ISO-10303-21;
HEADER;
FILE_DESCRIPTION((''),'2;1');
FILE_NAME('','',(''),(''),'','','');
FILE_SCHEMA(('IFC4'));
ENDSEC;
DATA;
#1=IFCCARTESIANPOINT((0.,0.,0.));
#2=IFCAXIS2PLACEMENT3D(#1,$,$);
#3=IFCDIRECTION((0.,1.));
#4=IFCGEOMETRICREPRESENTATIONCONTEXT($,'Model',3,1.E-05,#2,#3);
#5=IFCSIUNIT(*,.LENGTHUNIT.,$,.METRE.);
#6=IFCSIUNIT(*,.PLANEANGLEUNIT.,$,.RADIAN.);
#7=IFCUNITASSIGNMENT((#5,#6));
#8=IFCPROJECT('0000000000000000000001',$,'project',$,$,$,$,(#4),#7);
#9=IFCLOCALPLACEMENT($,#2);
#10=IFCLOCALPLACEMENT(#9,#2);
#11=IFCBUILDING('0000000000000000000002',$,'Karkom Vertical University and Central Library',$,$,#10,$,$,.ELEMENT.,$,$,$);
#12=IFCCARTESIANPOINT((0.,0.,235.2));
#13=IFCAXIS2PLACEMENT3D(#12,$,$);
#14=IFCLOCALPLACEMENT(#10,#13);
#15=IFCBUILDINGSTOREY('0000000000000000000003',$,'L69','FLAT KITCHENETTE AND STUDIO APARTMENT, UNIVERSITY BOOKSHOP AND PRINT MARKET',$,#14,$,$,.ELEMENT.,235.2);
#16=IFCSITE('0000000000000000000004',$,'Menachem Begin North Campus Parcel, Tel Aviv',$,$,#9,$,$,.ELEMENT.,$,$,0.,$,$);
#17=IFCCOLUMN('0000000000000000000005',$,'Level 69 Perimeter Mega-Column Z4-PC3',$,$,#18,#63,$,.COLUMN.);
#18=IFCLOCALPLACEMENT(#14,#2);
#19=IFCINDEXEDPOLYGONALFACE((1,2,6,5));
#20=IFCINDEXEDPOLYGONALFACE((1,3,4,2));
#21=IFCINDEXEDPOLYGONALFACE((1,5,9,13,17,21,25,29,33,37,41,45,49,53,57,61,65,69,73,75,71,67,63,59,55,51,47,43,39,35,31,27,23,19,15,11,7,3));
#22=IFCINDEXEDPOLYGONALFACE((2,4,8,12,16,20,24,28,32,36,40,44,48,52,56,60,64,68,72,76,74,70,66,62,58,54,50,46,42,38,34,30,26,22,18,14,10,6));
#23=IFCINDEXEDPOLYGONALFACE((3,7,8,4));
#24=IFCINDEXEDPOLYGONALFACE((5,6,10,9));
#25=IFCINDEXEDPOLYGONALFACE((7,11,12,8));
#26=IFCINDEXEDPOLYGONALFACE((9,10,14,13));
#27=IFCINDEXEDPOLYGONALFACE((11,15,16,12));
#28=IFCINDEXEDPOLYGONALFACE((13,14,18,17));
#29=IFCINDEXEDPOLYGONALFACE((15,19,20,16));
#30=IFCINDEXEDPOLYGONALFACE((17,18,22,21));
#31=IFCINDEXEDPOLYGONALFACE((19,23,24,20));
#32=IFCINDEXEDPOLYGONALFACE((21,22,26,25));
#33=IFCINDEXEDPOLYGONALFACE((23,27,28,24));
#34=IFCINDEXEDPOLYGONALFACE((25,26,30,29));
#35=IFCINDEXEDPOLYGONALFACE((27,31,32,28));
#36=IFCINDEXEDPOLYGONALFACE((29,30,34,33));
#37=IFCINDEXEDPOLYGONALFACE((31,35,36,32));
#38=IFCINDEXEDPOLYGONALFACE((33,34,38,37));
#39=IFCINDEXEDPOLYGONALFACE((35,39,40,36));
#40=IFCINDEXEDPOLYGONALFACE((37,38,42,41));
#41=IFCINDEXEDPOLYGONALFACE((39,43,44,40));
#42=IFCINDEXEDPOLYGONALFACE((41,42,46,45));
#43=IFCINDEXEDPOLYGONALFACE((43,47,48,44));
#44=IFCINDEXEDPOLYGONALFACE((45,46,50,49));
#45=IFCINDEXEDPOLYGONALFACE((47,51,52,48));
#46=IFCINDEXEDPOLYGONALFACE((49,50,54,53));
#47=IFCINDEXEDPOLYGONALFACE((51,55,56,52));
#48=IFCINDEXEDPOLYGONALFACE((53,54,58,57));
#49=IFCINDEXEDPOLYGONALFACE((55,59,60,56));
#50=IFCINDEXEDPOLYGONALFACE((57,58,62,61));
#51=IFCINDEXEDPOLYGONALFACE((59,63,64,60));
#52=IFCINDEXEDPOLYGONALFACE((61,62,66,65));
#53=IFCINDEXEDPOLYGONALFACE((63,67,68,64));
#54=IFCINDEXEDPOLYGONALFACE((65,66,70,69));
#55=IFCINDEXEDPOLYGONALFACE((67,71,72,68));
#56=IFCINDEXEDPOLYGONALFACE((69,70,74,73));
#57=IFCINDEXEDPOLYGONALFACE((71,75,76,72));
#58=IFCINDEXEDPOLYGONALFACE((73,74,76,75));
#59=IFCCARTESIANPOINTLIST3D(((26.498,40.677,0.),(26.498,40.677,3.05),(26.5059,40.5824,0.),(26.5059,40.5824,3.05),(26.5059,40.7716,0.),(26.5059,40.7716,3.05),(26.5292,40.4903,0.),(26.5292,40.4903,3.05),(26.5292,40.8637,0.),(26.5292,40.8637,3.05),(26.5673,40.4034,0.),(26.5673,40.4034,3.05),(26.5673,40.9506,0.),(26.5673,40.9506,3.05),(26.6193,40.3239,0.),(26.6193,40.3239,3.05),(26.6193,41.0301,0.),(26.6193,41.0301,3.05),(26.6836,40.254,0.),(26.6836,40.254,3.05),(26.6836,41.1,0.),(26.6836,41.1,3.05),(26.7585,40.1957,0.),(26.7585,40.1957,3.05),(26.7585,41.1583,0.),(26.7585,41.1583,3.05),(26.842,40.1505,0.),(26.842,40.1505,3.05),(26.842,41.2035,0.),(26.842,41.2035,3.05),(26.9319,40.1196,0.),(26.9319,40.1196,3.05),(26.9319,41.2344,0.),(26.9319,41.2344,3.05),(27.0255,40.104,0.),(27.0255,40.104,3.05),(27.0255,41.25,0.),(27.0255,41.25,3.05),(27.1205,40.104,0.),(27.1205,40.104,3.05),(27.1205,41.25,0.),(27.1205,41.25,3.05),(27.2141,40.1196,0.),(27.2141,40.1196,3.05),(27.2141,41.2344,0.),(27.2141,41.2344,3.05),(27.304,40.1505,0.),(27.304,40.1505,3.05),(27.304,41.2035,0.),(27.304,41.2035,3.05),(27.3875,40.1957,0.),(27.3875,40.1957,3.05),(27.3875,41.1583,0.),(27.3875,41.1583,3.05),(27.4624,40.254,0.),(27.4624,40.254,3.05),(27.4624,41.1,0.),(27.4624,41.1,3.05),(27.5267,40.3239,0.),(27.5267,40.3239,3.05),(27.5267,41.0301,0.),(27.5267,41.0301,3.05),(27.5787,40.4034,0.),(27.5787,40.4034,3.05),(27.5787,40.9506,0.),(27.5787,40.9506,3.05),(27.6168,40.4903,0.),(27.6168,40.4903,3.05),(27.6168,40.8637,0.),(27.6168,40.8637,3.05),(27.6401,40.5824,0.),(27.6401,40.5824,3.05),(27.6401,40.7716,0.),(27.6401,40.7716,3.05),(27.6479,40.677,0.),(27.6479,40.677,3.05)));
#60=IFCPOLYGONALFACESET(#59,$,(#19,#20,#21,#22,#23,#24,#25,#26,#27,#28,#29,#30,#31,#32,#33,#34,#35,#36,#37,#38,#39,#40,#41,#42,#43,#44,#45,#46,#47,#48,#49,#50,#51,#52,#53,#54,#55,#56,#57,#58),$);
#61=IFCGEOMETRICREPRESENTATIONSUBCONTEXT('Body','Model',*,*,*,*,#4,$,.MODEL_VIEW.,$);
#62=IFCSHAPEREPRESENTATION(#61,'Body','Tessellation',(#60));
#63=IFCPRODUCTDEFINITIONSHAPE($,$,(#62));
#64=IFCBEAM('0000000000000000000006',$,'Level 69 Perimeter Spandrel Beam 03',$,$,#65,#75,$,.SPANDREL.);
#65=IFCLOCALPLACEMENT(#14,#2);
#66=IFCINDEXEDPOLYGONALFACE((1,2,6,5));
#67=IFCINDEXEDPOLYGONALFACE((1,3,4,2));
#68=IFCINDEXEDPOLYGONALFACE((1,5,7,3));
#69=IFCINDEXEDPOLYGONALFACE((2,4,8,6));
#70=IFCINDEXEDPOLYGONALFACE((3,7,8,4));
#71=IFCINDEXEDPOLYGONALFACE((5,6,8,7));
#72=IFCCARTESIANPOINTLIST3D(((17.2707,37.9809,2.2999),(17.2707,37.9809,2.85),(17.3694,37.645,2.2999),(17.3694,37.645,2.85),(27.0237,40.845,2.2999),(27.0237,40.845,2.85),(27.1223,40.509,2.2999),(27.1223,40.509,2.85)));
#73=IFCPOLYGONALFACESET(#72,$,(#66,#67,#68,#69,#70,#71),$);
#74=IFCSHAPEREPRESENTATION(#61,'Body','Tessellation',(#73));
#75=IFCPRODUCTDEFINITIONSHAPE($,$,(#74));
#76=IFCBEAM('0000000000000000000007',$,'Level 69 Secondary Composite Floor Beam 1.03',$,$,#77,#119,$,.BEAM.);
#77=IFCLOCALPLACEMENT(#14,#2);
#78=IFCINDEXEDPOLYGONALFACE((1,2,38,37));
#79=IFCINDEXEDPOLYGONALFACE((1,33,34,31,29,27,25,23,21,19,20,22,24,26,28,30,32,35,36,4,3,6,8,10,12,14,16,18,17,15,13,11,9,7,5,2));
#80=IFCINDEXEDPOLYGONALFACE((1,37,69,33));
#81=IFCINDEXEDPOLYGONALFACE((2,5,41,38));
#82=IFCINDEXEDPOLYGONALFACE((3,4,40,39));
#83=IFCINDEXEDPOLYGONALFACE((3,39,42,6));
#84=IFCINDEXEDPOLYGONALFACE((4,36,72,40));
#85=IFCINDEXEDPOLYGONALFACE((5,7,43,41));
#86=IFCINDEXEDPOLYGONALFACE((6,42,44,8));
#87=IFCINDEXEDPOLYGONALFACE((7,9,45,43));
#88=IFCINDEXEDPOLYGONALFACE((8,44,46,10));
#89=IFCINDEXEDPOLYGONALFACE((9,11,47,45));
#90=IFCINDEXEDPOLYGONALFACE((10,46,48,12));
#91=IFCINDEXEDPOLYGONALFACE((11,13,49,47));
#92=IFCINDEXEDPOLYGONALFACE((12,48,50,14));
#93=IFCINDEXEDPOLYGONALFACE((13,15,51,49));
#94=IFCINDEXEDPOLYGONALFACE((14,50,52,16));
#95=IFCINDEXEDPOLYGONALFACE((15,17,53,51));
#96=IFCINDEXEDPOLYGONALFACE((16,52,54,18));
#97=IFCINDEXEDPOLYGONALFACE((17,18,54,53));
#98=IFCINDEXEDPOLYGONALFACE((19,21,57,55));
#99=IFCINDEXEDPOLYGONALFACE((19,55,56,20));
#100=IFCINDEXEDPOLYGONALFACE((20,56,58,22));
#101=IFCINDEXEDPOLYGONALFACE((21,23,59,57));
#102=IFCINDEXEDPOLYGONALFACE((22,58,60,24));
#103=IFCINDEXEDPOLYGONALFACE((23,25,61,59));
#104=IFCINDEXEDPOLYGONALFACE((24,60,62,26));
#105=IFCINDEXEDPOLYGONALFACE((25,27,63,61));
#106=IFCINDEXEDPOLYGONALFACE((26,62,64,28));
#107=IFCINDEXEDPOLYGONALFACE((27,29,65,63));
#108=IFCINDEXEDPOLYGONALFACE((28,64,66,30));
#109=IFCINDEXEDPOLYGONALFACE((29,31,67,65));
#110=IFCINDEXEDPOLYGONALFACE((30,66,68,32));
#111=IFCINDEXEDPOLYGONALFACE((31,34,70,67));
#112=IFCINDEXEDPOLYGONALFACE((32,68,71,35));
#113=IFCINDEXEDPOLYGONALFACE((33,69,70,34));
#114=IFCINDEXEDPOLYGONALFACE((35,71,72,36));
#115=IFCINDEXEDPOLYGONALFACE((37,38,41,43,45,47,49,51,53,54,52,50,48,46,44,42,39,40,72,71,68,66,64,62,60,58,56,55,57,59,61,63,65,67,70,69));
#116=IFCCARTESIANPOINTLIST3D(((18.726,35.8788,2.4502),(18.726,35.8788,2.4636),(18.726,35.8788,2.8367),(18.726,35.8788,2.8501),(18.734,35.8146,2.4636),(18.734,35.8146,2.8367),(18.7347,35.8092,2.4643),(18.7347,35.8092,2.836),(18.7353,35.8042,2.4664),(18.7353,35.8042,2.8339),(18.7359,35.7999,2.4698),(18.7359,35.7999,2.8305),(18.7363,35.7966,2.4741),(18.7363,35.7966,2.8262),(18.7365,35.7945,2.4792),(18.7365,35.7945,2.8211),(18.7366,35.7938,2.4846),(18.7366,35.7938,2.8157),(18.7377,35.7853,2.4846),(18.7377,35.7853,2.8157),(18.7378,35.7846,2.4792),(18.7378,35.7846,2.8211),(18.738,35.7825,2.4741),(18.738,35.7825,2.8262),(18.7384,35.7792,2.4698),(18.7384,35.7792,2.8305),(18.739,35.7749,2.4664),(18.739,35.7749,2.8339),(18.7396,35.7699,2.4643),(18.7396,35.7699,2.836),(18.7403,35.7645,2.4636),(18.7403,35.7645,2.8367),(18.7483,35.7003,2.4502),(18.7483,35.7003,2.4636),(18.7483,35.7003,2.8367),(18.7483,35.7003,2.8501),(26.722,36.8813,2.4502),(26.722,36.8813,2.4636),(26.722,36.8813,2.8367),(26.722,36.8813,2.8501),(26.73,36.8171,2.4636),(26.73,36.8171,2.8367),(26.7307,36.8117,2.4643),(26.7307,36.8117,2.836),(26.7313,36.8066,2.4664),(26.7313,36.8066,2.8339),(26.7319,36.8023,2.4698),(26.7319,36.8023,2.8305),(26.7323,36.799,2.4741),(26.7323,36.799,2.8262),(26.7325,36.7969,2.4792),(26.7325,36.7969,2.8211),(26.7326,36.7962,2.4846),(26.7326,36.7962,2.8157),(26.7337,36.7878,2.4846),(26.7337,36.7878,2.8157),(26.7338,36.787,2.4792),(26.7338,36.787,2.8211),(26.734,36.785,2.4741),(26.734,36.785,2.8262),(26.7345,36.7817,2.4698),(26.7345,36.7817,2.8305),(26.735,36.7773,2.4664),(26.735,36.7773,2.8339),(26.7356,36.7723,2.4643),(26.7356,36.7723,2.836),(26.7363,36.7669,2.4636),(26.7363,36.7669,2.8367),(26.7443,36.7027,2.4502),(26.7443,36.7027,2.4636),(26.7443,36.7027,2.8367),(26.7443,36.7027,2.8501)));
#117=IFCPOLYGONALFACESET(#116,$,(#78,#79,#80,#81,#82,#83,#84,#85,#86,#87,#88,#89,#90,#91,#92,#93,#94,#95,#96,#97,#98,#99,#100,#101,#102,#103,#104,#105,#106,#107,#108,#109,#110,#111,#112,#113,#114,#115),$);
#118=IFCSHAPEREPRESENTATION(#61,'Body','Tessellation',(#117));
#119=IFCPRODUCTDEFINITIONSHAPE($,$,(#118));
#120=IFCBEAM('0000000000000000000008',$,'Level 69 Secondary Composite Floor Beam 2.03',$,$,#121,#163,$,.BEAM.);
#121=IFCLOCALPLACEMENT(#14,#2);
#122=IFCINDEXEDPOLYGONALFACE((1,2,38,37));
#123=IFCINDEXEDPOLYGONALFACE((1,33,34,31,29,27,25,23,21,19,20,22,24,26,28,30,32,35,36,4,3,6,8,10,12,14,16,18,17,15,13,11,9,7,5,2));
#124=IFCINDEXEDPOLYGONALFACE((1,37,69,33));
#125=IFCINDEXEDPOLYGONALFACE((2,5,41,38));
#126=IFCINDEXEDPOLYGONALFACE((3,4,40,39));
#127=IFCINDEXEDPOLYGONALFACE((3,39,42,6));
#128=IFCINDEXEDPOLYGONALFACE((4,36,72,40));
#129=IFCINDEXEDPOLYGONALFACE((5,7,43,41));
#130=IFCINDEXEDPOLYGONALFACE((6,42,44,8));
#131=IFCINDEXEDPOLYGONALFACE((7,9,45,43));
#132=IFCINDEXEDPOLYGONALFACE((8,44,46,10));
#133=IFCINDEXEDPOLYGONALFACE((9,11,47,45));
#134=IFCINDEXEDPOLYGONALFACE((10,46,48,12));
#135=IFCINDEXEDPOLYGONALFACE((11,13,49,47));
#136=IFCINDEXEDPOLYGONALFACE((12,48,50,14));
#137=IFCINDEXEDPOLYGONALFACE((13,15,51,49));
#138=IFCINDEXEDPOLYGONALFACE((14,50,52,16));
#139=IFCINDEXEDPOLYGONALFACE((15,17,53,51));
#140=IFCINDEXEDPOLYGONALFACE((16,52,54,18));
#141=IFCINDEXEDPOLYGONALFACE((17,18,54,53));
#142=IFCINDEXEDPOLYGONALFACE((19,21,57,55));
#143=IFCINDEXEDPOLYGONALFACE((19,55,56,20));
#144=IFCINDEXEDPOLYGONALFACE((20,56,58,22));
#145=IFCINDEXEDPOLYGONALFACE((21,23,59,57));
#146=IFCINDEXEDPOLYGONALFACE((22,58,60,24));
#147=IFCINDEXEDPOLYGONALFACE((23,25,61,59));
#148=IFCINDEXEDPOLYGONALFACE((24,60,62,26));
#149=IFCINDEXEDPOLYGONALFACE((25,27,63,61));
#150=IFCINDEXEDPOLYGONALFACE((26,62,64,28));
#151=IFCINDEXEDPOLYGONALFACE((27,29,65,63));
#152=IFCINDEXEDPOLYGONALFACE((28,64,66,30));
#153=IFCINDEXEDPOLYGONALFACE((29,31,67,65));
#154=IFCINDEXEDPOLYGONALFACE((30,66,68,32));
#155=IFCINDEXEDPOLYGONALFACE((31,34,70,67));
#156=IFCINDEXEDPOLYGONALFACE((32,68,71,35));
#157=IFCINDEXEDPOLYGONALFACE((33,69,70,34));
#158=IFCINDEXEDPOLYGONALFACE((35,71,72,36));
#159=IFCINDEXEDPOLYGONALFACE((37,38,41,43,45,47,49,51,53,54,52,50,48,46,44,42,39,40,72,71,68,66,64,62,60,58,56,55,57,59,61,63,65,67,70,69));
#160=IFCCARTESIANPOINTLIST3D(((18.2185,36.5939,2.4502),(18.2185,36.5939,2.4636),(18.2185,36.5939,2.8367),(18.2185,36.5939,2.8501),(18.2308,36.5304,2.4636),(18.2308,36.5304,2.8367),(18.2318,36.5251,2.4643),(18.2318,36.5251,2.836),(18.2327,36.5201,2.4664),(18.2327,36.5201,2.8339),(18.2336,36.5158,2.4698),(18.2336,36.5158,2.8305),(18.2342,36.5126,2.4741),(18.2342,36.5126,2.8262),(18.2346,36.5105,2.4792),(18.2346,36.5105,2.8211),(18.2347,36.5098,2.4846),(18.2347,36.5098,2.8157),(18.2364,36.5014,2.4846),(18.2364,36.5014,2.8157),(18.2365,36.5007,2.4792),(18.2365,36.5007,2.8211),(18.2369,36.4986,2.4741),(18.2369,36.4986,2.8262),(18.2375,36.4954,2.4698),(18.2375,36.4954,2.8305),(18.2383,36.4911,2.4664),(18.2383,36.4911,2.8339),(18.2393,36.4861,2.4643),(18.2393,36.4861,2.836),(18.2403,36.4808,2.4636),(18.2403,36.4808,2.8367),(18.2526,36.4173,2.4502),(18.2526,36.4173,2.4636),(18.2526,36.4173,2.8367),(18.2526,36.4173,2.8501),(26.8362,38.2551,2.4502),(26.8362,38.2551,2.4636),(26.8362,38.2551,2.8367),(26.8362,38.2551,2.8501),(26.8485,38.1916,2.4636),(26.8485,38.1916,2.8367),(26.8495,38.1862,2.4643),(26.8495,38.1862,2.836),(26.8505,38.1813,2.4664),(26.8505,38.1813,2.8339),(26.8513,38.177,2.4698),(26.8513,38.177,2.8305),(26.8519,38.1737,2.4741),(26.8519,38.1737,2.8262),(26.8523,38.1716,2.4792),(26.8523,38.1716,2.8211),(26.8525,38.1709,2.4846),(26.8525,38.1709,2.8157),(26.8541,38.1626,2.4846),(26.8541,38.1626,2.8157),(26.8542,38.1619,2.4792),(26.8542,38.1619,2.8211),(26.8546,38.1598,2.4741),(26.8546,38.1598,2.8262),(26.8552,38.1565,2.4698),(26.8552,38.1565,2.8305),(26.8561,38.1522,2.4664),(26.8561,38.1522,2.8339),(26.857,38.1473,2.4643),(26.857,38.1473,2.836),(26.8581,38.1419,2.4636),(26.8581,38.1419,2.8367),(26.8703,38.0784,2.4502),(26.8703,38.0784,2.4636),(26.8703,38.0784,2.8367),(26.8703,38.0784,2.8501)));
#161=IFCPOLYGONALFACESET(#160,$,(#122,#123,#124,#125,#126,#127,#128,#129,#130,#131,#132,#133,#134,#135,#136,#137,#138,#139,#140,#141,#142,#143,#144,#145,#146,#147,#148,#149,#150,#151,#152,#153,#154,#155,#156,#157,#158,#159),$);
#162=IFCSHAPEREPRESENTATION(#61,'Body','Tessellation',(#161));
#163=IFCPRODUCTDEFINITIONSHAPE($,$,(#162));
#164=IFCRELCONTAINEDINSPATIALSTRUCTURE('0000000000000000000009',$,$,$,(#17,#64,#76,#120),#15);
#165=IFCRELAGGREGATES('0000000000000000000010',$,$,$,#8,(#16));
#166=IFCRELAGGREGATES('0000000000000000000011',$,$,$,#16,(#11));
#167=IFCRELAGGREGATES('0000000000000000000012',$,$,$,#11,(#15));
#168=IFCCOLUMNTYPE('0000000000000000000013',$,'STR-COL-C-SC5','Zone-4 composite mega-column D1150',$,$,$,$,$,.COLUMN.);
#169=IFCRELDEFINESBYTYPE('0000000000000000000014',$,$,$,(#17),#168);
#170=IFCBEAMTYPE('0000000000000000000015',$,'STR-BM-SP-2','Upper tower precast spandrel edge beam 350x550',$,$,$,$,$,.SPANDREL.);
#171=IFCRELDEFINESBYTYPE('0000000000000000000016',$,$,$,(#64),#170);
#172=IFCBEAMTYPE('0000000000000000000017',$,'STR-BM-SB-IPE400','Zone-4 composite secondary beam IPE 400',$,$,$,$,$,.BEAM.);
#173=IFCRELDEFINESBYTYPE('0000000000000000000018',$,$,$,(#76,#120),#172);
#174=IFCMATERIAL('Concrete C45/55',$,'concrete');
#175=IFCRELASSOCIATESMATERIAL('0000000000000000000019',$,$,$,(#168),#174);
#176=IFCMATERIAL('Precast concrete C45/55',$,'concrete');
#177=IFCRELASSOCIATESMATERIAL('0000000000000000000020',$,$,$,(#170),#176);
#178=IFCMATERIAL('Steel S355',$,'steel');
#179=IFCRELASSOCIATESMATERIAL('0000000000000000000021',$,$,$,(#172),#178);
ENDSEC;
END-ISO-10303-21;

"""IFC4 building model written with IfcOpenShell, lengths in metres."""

from ifc_helpers import new_model, si_unit, direction, frame, origin, origin_with_axes, origin_2d, place, context, subcontext, project, spatial, rectangle, circle, i_section, extrude, source, transform, mapped, material, material_profile, profile_set, type_object, element, save


model = new_model("IFC4")

# Units and contexts
model_context = context("Model", 3, precision=1e-05, world=origin(), true_north=direction((0.0, 1.0)))
body_context = subcontext(model_context, "Body", "Model", "MODEL_VIEW")
ifc_project = project(units=[si_unit("LENGTHUNIT", "METRE"), si_unit("PLANEANGLEUNIT", "RADIAN")], contexts=[model_context])

# Site, building, storey
site_placement = place(None, origin())
site = spatial("IfcSite", under=ifc_project, at=site_placement, Name="Menachem Begin North Campus Parcel, Tel Aviv", CompositionType="ELEMENT", RefElevation=0.0)
building_placement = place(site_placement, origin())
building = spatial("IfcBuilding", under=site, at=building_placement, Name="Karkom Vertical University and Central Library", CompositionType="ELEMENT")
storey_placement = place(building_placement, frame((0.0, 0.0, 235.2)))
storey = spatial("IfcBuildingStorey", under=building, at=storey_placement, Name="L69", Description="FLAT KITCHENETTE AND STUDIO APARTMENT, UNIVERSITY BOOKSHOP AND PRINT MARKET", CompositionType="ELEMENT", Elevation=235.2)

# Column
ifc_material_1 = material(Name="Concrete C45/55", Category="concrete")
ifc_material_profile_1 = material_profile(ifc_material_1, circle(Radius=0.575, at=origin_2d()), Name="CFT-D1150")
ifc_profile_set_1 = profile_set([ifc_material_profile_1], Name="Concrete C45/55")
column_type = type_object("IfcColumnType", Name="STR-COL-C-SC5", Description="Zone-4 composite mega-column D1150", PredefinedType="COLUMN", material=ifc_profile_set_1)
shared_shape_1 = source(origin_with_axes(), body_context, "Body", "SweptSolid", [
    extrude(circle(Radius=0.575, at=origin_2d()), origin(), (0.0, 0.0, 1.0), 3.05),
])
column_placement = place(storey_placement, frame((27.073, 40.677, 0.0), z_axis=(0.0, 0.0, 1.0), x_axis=(1.0, 0.0, 0.0)))
element("IfcColumn", 1, at=column_placement, inside=storey, type_object=column_type, Name="Level 69 Perimeter Mega-Column Z4-PC3", PredefinedType="COLUMN", context=body_context, shape_type="MappedRepresentation", body=[
    mapped(shared_shape_1, transform((0.0, 0.0, 0.0), scale=1.0)),
])

# Beams
ifc_material_2 = material(Name="Precast concrete C45/55", Category="concrete")
ifc_material_profile_2 = material_profile(ifc_material_2, rectangle(XDim=0.3501, YDim=0.55, at=origin_2d()), Name="SPB-350x550")
ifc_profile_set_2 = profile_set([ifc_material_profile_2], Name="Precast concrete C45/55")
beam_type_1 = type_object("IfcBeamType", Name="STR-BM-SP-2", Description="Upper tower precast spandrel edge beam 350x550", PredefinedType="SPANDREL", material=ifc_profile_set_2)
shared_shape_2 = source(origin_with_axes(), body_context, "Body", "SweptSolid", [
    extrude(rectangle(XDim=0.3501, YDim=0.55, at=origin_2d()), origin(), (0.0, 0.0, 1.0), 10.1648),
])
beam_1_placement = place(storey_placement, frame((27.073, 40.677, 2.575), z_axis=(-0.959485, -0.281759, 0.0), x_axis=(0.281759, -0.959485, 0.0)))
element("IfcBeam", 2, at=beam_1_placement, inside=storey, type_object=beam_type_1, Name="Level 69 Perimeter Spandrel Beam 03", PredefinedType="SPANDREL", context=body_context, shape_type="MappedRepresentation", body=[
    mapped(shared_shape_2, transform((0.0, 0.0, 0.0), scale=1.0)),
])
ifc_material_3 = material(Name="Steel S355", Category="steel")
ifc_material_profile_3 = material_profile(ifc_material_3, i_section(OverallWidth=0.1799, OverallDepth=0.3999, WebThickness=0.0085, FlangeThickness=0.0134, FilletRadius=0.021, at=origin_2d()), Name="IPE 400")
ifc_profile_set_3 = profile_set([ifc_material_profile_3], Name="Steel S355")
beam_type_2 = type_object("IfcBeamType", Name="STR-BM-SB-IPE400", Description="Zone-4 composite secondary beam IPE 400", PredefinedType="BEAM", material=ifc_profile_set_3)
shared_shape_3 = source(origin_with_axes(), body_context, "Body", "SweptSolid", [
    extrude(i_section(OverallWidth=0.1799, OverallDepth=0.3999, WebThickness=0.0085, FlangeThickness=0.0134, FilletRadius=0.021, at=origin_2d()), origin(), (0.0, 0.0, 1.0), 8.0586),
])
beam_2_placement = place(storey_placement, frame((26.7332, 36.792, 2.6501), z_axis=(-0.992233, -0.124393, 0.0), x_axis=(0.124393, -0.992233, 0.0)))
element("IfcBeam", 3, at=beam_2_placement, inside=storey, type_object=beam_type_2, Name="Level 69 Secondary Composite Floor Beam 1.03", PredefinedType="BEAM", context=body_context, shape_type="MappedRepresentation", body=[
    mapped(shared_shape_3, transform((0.0, 0.0, 0.0), scale=1.0)),
])
shared_shape_4 = source(origin_with_axes(), body_context, "Body", "SweptSolid", [
    extrude(i_section(OverallWidth=0.1799, OverallDepth=0.3999, WebThickness=0.0085, FlangeThickness=0.0134, FilletRadius=0.021, at=origin_2d()), origin(), (0.0, 0.0, 1.0), 8.7764),
])
beam_3_placement = place(storey_placement, frame((26.8533, 38.1667, 2.6501), z_axis=(-0.981924, -0.189275, 0.0), x_axis=(0.189275, -0.981924, 0.0)))
element("IfcBeam", 4, at=beam_3_placement, inside=storey, type_object=beam_type_2, Name="Level 69 Secondary Composite Floor Beam 2.03", PredefinedType="BEAM", context=body_context, shape_type="MappedRepresentation", body=[
    mapped(shared_shape_4, transform((0.0, 0.0, 0.0), scale=1.0)),
])

save(model, "model.ifc")
